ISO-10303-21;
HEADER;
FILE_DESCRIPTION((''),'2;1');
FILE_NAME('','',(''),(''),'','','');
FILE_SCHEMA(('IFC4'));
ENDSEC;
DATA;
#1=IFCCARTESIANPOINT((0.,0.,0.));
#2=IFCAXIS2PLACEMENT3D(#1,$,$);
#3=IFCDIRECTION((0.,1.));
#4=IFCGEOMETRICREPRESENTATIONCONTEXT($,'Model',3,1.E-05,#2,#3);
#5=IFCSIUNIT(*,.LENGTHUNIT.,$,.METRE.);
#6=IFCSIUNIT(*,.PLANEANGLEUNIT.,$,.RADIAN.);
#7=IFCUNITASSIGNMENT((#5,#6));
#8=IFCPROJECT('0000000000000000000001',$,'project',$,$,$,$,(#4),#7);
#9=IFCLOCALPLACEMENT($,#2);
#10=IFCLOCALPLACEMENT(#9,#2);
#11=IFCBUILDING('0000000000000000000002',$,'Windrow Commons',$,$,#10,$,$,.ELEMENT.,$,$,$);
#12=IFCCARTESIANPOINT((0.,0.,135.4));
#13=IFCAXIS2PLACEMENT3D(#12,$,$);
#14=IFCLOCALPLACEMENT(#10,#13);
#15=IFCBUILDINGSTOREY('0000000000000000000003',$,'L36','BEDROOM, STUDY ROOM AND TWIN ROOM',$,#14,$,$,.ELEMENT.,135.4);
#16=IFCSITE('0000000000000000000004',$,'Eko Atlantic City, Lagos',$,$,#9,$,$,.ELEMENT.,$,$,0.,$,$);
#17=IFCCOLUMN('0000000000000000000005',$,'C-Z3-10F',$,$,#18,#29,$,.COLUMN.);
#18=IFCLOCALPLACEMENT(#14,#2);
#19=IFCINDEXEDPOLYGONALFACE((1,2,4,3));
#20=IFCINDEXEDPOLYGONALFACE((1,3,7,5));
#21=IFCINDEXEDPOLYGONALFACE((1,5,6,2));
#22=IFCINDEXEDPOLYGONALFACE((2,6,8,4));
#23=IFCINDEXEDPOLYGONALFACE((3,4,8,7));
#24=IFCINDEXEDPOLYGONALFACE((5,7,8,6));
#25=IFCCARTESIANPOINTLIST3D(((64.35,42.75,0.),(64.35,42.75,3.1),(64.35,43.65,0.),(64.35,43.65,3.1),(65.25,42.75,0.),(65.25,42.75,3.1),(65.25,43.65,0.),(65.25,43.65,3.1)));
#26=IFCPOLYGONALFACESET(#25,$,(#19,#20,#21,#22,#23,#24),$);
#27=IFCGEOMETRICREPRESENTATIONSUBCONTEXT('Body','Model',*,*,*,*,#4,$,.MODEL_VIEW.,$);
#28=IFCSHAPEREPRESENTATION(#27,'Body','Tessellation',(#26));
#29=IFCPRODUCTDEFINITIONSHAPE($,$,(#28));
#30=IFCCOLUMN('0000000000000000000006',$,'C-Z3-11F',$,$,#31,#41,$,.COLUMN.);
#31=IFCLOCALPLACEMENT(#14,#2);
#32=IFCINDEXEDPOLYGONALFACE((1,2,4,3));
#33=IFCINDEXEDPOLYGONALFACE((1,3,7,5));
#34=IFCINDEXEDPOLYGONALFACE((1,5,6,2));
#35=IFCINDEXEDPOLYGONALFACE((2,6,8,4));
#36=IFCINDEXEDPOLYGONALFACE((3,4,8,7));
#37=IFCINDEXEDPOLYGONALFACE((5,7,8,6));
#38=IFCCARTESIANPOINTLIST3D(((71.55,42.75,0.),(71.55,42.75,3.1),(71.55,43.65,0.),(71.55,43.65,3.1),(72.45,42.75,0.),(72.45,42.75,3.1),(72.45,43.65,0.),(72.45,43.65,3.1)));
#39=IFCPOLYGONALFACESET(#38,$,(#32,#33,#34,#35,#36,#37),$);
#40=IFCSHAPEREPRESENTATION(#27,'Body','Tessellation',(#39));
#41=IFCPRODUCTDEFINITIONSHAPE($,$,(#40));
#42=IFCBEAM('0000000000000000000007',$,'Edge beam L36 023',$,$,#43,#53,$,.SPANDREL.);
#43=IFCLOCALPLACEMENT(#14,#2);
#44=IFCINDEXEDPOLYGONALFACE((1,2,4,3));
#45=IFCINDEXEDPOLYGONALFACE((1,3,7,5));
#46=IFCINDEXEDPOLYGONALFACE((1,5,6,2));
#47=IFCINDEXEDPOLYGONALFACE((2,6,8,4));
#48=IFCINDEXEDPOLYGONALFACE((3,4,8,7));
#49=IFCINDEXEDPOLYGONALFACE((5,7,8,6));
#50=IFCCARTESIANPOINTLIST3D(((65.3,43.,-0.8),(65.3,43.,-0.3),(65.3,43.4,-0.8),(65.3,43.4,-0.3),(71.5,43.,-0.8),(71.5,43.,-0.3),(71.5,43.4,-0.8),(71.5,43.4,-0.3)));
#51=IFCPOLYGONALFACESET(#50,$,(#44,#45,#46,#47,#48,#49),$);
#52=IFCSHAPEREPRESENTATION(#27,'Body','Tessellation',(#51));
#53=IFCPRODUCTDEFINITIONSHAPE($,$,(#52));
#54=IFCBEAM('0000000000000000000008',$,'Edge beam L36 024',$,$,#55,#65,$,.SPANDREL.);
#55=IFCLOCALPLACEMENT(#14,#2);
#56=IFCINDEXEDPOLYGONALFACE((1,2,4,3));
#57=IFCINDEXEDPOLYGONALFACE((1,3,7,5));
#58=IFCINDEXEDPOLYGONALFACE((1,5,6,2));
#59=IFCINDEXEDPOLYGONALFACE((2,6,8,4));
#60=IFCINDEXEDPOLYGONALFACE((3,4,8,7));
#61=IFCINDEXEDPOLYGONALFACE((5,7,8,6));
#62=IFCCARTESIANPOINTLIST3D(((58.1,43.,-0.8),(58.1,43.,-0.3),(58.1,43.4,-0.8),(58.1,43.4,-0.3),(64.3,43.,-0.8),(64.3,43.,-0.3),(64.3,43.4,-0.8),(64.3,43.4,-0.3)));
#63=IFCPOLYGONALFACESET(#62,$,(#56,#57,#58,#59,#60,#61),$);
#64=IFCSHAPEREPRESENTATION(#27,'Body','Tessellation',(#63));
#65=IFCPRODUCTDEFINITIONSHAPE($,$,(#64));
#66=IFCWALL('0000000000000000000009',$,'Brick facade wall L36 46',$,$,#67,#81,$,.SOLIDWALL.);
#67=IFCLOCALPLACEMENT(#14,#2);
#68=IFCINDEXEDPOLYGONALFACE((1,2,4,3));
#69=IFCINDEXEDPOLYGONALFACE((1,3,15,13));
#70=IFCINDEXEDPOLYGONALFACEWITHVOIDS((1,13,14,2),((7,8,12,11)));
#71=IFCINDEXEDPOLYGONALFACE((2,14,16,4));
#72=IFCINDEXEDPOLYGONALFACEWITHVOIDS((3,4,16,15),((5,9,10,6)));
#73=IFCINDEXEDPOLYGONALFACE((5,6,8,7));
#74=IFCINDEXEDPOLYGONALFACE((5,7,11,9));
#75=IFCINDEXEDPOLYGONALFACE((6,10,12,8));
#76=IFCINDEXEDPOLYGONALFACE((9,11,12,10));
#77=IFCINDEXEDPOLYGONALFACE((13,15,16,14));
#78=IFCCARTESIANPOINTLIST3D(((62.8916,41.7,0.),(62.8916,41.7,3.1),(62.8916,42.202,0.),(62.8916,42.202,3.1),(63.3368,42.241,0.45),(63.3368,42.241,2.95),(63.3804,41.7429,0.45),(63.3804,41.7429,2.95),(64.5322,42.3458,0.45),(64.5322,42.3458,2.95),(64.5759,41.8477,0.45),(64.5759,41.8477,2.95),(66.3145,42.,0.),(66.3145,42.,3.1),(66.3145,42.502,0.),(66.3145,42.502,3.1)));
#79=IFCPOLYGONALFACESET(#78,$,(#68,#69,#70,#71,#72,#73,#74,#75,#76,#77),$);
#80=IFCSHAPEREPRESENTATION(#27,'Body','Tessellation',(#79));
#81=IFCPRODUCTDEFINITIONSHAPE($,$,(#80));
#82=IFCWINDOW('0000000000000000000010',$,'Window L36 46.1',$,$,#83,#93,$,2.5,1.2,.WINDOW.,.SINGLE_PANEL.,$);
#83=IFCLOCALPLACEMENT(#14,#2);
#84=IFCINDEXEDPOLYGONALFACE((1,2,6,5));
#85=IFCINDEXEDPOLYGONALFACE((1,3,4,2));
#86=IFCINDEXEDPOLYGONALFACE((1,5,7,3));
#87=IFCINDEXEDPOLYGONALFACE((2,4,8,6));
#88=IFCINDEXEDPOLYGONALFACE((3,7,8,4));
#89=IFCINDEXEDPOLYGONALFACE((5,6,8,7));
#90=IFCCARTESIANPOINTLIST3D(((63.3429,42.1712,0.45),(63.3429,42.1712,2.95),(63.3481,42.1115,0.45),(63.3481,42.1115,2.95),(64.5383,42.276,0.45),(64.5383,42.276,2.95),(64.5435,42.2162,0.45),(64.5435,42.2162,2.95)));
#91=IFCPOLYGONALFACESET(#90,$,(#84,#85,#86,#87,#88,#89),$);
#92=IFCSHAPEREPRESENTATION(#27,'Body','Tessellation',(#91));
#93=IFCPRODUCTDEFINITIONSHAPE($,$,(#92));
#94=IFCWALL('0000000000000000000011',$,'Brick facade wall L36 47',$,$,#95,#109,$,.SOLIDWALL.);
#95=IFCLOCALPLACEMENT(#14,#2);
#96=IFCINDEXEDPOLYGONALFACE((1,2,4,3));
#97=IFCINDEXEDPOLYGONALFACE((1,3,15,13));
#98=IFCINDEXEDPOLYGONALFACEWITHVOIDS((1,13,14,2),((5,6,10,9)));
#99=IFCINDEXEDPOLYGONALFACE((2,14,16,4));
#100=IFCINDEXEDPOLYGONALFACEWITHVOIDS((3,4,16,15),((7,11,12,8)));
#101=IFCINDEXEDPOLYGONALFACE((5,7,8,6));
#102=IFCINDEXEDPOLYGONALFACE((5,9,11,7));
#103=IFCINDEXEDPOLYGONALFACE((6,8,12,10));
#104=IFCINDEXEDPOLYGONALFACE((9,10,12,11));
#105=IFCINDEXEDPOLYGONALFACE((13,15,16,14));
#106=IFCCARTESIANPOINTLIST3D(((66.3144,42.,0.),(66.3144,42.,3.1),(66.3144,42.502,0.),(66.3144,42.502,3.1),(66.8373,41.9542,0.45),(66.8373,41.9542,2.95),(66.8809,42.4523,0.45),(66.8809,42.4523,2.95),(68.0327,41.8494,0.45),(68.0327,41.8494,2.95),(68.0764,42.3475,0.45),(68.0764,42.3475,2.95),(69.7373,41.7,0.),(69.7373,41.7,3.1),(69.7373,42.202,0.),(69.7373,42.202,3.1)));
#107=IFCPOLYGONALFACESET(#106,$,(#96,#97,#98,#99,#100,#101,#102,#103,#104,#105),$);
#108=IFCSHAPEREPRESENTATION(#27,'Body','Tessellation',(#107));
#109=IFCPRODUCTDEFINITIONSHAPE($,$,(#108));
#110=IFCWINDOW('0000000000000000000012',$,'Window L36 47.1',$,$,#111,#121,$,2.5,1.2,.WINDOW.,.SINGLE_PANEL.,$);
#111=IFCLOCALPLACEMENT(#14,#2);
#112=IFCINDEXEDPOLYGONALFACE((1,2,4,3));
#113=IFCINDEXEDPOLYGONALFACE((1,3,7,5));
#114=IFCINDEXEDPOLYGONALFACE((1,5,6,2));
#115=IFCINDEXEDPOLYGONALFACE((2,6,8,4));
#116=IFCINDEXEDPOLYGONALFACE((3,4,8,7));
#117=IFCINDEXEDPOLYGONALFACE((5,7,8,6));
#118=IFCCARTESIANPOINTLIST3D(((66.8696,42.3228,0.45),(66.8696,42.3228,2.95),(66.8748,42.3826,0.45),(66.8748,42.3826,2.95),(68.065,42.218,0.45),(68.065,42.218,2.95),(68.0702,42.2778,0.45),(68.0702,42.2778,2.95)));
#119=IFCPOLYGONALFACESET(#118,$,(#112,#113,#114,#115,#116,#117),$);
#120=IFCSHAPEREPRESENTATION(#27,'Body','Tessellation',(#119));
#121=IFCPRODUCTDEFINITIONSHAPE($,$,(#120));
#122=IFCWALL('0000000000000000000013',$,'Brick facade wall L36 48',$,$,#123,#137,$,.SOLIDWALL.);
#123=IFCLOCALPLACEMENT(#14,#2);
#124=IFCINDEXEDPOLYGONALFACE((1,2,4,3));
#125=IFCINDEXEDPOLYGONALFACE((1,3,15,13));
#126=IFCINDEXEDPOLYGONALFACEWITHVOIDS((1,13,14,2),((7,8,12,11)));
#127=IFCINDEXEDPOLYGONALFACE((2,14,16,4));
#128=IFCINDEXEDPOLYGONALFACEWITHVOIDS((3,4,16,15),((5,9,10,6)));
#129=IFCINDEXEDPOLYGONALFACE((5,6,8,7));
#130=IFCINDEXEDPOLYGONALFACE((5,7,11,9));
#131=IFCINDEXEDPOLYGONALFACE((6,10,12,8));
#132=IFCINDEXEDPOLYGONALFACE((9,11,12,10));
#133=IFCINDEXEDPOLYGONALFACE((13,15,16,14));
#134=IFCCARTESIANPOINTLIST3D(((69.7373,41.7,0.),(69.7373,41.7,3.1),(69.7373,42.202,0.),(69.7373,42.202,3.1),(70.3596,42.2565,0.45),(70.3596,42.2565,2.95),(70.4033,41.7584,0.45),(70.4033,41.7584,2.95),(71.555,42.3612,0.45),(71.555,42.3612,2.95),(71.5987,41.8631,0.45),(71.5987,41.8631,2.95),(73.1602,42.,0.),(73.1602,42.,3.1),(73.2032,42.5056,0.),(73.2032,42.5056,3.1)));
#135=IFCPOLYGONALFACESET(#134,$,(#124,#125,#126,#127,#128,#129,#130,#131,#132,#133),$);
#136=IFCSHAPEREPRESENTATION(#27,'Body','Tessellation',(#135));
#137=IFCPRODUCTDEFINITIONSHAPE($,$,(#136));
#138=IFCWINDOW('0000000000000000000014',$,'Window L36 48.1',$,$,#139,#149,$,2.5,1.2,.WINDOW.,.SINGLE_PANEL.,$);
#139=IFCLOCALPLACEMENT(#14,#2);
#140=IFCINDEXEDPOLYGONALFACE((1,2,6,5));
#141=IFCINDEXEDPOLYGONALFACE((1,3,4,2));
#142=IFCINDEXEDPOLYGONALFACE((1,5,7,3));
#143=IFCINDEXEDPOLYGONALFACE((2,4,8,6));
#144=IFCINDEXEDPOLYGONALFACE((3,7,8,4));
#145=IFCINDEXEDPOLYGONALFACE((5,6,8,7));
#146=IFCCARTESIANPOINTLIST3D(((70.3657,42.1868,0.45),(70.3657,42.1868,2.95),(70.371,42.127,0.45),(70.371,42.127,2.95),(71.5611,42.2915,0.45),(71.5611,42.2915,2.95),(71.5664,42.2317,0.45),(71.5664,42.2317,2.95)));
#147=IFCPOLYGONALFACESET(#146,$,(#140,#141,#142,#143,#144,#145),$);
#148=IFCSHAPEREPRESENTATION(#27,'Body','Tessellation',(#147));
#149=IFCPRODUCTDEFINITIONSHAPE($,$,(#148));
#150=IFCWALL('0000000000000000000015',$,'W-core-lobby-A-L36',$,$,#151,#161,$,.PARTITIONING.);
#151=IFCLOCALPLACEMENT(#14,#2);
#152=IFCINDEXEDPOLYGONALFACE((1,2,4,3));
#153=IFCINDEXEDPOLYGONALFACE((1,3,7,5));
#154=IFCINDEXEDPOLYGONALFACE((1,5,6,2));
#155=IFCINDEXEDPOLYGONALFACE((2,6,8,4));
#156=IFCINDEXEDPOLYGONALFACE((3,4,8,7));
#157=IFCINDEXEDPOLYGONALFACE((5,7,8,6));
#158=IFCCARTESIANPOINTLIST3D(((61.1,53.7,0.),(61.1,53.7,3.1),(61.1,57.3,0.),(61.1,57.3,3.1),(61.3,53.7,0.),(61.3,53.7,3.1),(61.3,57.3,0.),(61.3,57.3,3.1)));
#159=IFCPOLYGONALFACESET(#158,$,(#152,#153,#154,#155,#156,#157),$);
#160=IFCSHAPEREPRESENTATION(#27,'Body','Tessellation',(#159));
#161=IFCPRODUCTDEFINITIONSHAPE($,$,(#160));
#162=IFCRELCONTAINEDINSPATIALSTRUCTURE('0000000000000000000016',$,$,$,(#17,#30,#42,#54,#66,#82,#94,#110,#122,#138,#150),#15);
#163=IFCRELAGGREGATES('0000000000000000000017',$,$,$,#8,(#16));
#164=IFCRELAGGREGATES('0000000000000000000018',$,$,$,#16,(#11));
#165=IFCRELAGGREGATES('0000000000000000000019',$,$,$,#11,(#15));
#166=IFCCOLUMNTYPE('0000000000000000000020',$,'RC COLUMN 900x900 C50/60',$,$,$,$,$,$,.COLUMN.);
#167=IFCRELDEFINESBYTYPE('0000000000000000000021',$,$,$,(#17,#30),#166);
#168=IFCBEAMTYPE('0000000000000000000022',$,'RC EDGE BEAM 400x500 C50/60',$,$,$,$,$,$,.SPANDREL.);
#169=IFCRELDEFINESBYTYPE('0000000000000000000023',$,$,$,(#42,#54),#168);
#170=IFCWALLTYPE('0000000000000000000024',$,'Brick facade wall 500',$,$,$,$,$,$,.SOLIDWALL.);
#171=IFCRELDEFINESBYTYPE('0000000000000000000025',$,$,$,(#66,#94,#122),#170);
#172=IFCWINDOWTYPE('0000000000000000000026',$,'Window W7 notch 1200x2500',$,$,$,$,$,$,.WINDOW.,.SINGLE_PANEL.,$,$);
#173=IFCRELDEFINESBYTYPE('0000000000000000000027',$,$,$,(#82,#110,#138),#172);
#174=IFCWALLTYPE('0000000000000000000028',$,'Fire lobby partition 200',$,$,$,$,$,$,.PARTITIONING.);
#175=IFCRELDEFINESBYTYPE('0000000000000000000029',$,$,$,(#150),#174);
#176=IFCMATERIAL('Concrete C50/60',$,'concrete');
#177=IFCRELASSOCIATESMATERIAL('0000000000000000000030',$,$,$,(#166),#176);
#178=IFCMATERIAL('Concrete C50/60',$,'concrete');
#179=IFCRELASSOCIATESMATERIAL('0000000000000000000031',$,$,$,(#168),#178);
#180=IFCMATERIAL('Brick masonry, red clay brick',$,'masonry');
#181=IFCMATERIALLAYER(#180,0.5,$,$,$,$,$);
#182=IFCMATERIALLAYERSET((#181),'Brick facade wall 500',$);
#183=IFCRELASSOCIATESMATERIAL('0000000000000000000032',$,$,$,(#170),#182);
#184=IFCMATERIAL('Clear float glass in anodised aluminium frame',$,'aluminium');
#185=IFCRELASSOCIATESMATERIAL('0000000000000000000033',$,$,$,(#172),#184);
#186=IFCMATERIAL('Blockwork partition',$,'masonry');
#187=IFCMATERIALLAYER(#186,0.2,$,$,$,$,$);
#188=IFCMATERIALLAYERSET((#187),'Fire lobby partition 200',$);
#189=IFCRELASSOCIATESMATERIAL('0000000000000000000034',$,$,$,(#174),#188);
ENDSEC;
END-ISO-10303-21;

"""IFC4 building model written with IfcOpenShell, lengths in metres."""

from ifc_helpers import new_model, si_unit, direction, frame, frame_2d, origin, origin_2d, place, context, subcontext, project, spatial, polyline, rectangle, outline, extrude, material, layer, layer_set, material_profile, profile_set, type_object, element, fill, save


model = new_model("IFC4")

# Units and contexts
model_context = context("Model", 3, precision=1e-05, world=origin(), true_north=direction((0.0, 1.0)))
body_context = subcontext(model_context, "Body", "Model", "MODEL_VIEW")
ifc_project = project(units=[si_unit("LENGTHUNIT", "METRE"), si_unit("PLANEANGLEUNIT", "RADIAN")], contexts=[model_context])

# Site, building, storey
site_placement = place(None, origin())
site = spatial("IfcSite", under=ifc_project, at=site_placement, Name="Eko Atlantic City, Lagos", CompositionType="ELEMENT", RefElevation=0.0)
building_placement = place(site_placement, origin())
building = spatial("IfcBuilding", under=site, at=building_placement, Name="Windrow Commons", CompositionType="ELEMENT")
storey_placement = place(building_placement, frame((0.0, 0.0, 135.4)))
storey = spatial("IfcBuildingStorey", under=building, at=storey_placement, Name="L36", Description="BEDROOM, STUDY ROOM AND TWIN ROOM", CompositionType="ELEMENT", Elevation=135.4)

# Columns
ifc_material_1 = material(Name="Concrete C50/60", Category="concrete")
ifc_material_profile_1 = material_profile(ifc_material_1, rectangle(XDim=0.9, YDim=0.9, at=origin_2d()))
ifc_profile_set_1 = profile_set([ifc_material_profile_1], Name="Concrete C50/60")
column_type = type_object("IfcColumnType", Name="RC COLUMN 900x900 C50/60", PredefinedType="COLUMN", material=ifc_profile_set_1)
for number, where, z_axis, x_axis, name in (
    (1, (64.8, 43.2, 0.0), (0.0, 0.0, 1.0), (1.0, 0.0, 0.0), "C-Z3-10F"),
    (2, (72.0, 43.2, 0.0), (0.0, 0.0, 1.0), (1.0, 0.0, 0.0), "C-Z3-11F"),
):
    element("IfcColumn", number, at=place(storey_placement, frame(where, z_axis=z_axis, x_axis=x_axis)), inside=storey, type_object=column_type, Name=name, PredefinedType="COLUMN", context=body_context, shape_type="SweptSolid", body=[
        extrude(rectangle(XDim=0.9, YDim=0.9, at=origin_2d()), origin(), (0.0, 0.0, 1.0), 3.1),
    ])

# Beams
ifc_material_2 = material(Name="Concrete C50/60", Category="concrete")
ifc_material_profile_2 = material_profile(ifc_material_2, rectangle(XDim=0.4, YDim=0.5, at=origin_2d()))
ifc_profile_set_2 = profile_set([ifc_material_profile_2], Name="Concrete C50/60")
beam_type = type_object("IfcBeamType", Name="RC EDGE BEAM 400x500 C50/60", PredefinedType="SPANDREL", material=ifc_profile_set_2)
for number, where, z_axis, x_axis, name in (
    (3, (71.5, 43.2, -0.55), (-1.0, 0.0, 0.0), (0.0, -1.0, 0.0), "Edge beam L36 023"),
    (4, (64.3, 43.2, -0.55), (-1.0, 0.0, 0.0), (0.0, -1.0, 0.0), "Edge beam L36 024"),
):
    element("IfcBeam", number, at=place(storey_placement, frame(where, z_axis=z_axis, x_axis=x_axis)), inside=storey, type_object=beam_type, Name=name, PredefinedType="SPANDREL", context=body_context, shape_type="SweptSolid", body=[
        extrude(rectangle(XDim=0.4, YDim=0.5, at=origin_2d()), origin(), (0.0, 0.0, 1.0), 6.2),
    ])

# Walls, openings, windows
ifc_material_3 = material(Name="Brick masonry, red clay brick", Category="masonry")
ifc_layer_1 = layer(ifc_material_3, 0.5)
ifc_layer_set_1 = layer_set([ifc_layer_1], Name="Brick facade wall 500")
wall_type_1 = type_object("IfcWallType", Name="Brick facade wall 500", PredefinedType="SOLIDWALL", material=ifc_layer_set_1)
wall_1_placement = place(storey_placement, frame((62.8916, 41.951, 0.0), z_axis=(0.0, 0.0, 1.0), x_axis=(0.996181, 0.087313, 0.0)))
wall_1 = element("IfcWall", 5, at=wall_1_placement, inside=storey, type_object=wall_type_1, Name="Brick facade wall L36 46", PredefinedType="SOLIDWALL", context=body_context, shape_type="SweptSolid", body=[
    extrude(outline(polyline([(-0.0219, -0.25), (3.4141, -0.25), (3.4579, 0.25), (0.0219, 0.25), (-0.0219, -0.25)])), origin(), (0.0, 0.0, 1.0), 3.1),
])
opening_1_placement = place(wall_1_placement, frame((0.4688, 0.0, 0.45)))
opening_1 = element("IfcOpeningElement", 6, at=opening_1_placement, cuts=wall_1, PredefinedType="OPENING", context=body_context, shape_type="SweptSolid", body=[
    extrude(rectangle(XDim=1.2, YDim=2.5, at=frame_2d((0.6, 1.25))), frame((0.0, 0.26, 0.0), z_axis=(0.0, -1.0, 0.0), x_axis=(1.0, 0.0, 0.0)), (0.0, 0.0, 1.0), 0.52),
])
ifc_material_4 = material(Name="Clear float glass in anodised aluminium frame", Category="aluminium")
window_type = type_object("IfcWindowType", Name="Window W7 notch 1200x2500", PartitioningType="SINGLE_PANEL", PredefinedType="WINDOW", material=ifc_material_4)
window_1_placement = place(opening_1_placement, origin())
window_1 = element("IfcWindow", 7, at=window_1_placement, inside=storey, type_object=window_type, Name="Window L36 46.1", OverallHeight=2.5, OverallWidth=1.2, PartitioningType="SINGLE_PANEL", PredefinedType="WINDOW", context=body_context, shape_type="SweptSolid", body=[
    extrude(rectangle(XDim=1.2, YDim=2.5, at=frame_2d((0.6, 1.25))), frame((0.0, 0.18, 0.0), z_axis=(0.0, -1.0, 0.0), x_axis=(1.0, 0.0, 0.0)), (0.0, 0.0, 1.0), 0.06),
])
fill(opening_1, window_1)
wall_2_placement = place(storey_placement, frame((66.3144, 42.251, 0.0), z_axis=(0.0, 0.0, 1.0), x_axis=(0.996181, -0.08731, 0.0)))
wall_2 = element("IfcWall", 8, at=wall_2_placement, inside=storey, type_object=wall_type_1, Name="Brick facade wall L36 47", PredefinedType="SOLIDWALL", context=body_context, shape_type="SweptSolid", body=[
    extrude(outline(polyline([(0.0219, -0.25), (3.4579, -0.25), (3.4141, 0.25), (-0.0219, 0.25), (0.0219, -0.25)])), origin(), (0.0, 0.0, 1.0), 3.1),
])
opening_2_placement = place(wall_2_placement, frame((0.5468, 0.0, 0.45)))
opening_2 = element("IfcOpeningElement", 9, at=opening_2_placement, cuts=wall_2, PredefinedType="OPENING", context=body_context, shape_type="SweptSolid", body=[
    extrude(rectangle(XDim=1.2, YDim=2.5, at=frame_2d((0.6, 1.25))), frame((0.0, 0.26, 0.0), z_axis=(0.0, -1.0, 0.0), x_axis=(1.0, 0.0, 0.0)), (0.0, 0.0, 1.0), 0.52),
])
window_2_placement = place(opening_2_placement, origin())
window_2 = element("IfcWindow", 10, at=window_2_placement, inside=storey, type_object=window_type, Name="Window L36 47.1", OverallHeight=2.5, OverallWidth=1.2, PartitioningType="SINGLE_PANEL", PredefinedType="WINDOW", context=body_context, shape_type="SweptSolid", body=[
    extrude(rectangle(XDim=1.2, YDim=2.5, at=frame_2d((0.6, 1.25))), frame((0.0, 0.18, 0.0), z_axis=(0.0, -1.0, 0.0), x_axis=(1.0, 0.0, 0.0)), (0.0, 0.0, 1.0), 0.06),
])
fill(opening_2, window_2)
wall_3_placement = place(storey_placement, frame((69.7373, 41.951, 0.0), z_axis=(0.0, 0.0, 1.0), x_axis=(0.996183, 0.087286, 0.0)))
wall_3 = element("IfcWall", 11, at=wall_3_placement, inside=storey, type_object=wall_type_1, Name="Brick facade wall L36 48", PredefinedType="SOLIDWALL", context=body_context, shape_type="SweptSolid", body=[
    extrude(outline(polyline([(-0.0219, -0.25), (3.4141, -0.25), (3.5011, 0.25), (0.0219, 0.25), (-0.0219, -0.25)])), origin(), (0.0, 0.0, 1.0), 3.1),
])
opening_3_placement = place(wall_3_placement, frame((0.6466, 0.0, 0.45)))
opening_3 = element("IfcOpeningElement", 12, at=opening_3_placement, cuts=wall_3, PredefinedType="OPENING", context=body_context, shape_type="SweptSolid", body=[
    extrude(rectangle(XDim=1.2, YDim=2.5, at=frame_2d((0.6, 1.25))), frame((0.0, 0.26, 0.0), z_axis=(0.0, -1.0, 0.0), x_axis=(1.0, 0.0, 0.0)), (0.0, 0.0, 1.0), 0.52),
])
window_3_placement = place(opening_3_placement, origin())
window_3 = element("IfcWindow", 13, at=window_3_placement, inside=storey, type_object=window_type, Name="Window L36 48.1", OverallHeight=2.5, OverallWidth=1.2, PartitioningType="SINGLE_PANEL", PredefinedType="WINDOW", context=body_context, shape_type="SweptSolid", body=[
    extrude(rectangle(XDim=1.2, YDim=2.5, at=frame_2d((0.6, 1.25))), frame((0.0, 0.18, 0.0), z_axis=(0.0, -1.0, 0.0), x_axis=(1.0, 0.0, 0.0)), (0.0, 0.0, 1.0), 0.06),
])
fill(opening_3, window_3)

# Wall
ifc_material_5 = material(Name="Blockwork partition", Category="masonry")
ifc_layer_2 = layer(ifc_material_5, 0.2)
ifc_layer_set_2 = layer_set([ifc_layer_2], Name="Fire lobby partition 200")
wall_type_2 = type_object("IfcWallType", Name="Fire lobby partition 200", PredefinedType="PARTITIONING", material=ifc_layer_set_2)
wall_4_placement = place(storey_placement, frame((61.2, 53.7, 0.0), z_axis=(0.0, 0.0, 1.0), x_axis=(0.0, 1.0, 0.0)))
element("IfcWall", 14, at=wall_4_placement, inside=storey, type_object=wall_type_2, Name="W-core-lobby-A-L36", PredefinedType="PARTITIONING", context=body_context, shape_type="SweptSolid", body=[
    extrude(rectangle(XDim=3.6, YDim=0.2, at=frame_2d((1.8, 0.0))), origin(), (0.0, 0.0, 1.0), 3.1),
])

save(model, "model.ifc")
